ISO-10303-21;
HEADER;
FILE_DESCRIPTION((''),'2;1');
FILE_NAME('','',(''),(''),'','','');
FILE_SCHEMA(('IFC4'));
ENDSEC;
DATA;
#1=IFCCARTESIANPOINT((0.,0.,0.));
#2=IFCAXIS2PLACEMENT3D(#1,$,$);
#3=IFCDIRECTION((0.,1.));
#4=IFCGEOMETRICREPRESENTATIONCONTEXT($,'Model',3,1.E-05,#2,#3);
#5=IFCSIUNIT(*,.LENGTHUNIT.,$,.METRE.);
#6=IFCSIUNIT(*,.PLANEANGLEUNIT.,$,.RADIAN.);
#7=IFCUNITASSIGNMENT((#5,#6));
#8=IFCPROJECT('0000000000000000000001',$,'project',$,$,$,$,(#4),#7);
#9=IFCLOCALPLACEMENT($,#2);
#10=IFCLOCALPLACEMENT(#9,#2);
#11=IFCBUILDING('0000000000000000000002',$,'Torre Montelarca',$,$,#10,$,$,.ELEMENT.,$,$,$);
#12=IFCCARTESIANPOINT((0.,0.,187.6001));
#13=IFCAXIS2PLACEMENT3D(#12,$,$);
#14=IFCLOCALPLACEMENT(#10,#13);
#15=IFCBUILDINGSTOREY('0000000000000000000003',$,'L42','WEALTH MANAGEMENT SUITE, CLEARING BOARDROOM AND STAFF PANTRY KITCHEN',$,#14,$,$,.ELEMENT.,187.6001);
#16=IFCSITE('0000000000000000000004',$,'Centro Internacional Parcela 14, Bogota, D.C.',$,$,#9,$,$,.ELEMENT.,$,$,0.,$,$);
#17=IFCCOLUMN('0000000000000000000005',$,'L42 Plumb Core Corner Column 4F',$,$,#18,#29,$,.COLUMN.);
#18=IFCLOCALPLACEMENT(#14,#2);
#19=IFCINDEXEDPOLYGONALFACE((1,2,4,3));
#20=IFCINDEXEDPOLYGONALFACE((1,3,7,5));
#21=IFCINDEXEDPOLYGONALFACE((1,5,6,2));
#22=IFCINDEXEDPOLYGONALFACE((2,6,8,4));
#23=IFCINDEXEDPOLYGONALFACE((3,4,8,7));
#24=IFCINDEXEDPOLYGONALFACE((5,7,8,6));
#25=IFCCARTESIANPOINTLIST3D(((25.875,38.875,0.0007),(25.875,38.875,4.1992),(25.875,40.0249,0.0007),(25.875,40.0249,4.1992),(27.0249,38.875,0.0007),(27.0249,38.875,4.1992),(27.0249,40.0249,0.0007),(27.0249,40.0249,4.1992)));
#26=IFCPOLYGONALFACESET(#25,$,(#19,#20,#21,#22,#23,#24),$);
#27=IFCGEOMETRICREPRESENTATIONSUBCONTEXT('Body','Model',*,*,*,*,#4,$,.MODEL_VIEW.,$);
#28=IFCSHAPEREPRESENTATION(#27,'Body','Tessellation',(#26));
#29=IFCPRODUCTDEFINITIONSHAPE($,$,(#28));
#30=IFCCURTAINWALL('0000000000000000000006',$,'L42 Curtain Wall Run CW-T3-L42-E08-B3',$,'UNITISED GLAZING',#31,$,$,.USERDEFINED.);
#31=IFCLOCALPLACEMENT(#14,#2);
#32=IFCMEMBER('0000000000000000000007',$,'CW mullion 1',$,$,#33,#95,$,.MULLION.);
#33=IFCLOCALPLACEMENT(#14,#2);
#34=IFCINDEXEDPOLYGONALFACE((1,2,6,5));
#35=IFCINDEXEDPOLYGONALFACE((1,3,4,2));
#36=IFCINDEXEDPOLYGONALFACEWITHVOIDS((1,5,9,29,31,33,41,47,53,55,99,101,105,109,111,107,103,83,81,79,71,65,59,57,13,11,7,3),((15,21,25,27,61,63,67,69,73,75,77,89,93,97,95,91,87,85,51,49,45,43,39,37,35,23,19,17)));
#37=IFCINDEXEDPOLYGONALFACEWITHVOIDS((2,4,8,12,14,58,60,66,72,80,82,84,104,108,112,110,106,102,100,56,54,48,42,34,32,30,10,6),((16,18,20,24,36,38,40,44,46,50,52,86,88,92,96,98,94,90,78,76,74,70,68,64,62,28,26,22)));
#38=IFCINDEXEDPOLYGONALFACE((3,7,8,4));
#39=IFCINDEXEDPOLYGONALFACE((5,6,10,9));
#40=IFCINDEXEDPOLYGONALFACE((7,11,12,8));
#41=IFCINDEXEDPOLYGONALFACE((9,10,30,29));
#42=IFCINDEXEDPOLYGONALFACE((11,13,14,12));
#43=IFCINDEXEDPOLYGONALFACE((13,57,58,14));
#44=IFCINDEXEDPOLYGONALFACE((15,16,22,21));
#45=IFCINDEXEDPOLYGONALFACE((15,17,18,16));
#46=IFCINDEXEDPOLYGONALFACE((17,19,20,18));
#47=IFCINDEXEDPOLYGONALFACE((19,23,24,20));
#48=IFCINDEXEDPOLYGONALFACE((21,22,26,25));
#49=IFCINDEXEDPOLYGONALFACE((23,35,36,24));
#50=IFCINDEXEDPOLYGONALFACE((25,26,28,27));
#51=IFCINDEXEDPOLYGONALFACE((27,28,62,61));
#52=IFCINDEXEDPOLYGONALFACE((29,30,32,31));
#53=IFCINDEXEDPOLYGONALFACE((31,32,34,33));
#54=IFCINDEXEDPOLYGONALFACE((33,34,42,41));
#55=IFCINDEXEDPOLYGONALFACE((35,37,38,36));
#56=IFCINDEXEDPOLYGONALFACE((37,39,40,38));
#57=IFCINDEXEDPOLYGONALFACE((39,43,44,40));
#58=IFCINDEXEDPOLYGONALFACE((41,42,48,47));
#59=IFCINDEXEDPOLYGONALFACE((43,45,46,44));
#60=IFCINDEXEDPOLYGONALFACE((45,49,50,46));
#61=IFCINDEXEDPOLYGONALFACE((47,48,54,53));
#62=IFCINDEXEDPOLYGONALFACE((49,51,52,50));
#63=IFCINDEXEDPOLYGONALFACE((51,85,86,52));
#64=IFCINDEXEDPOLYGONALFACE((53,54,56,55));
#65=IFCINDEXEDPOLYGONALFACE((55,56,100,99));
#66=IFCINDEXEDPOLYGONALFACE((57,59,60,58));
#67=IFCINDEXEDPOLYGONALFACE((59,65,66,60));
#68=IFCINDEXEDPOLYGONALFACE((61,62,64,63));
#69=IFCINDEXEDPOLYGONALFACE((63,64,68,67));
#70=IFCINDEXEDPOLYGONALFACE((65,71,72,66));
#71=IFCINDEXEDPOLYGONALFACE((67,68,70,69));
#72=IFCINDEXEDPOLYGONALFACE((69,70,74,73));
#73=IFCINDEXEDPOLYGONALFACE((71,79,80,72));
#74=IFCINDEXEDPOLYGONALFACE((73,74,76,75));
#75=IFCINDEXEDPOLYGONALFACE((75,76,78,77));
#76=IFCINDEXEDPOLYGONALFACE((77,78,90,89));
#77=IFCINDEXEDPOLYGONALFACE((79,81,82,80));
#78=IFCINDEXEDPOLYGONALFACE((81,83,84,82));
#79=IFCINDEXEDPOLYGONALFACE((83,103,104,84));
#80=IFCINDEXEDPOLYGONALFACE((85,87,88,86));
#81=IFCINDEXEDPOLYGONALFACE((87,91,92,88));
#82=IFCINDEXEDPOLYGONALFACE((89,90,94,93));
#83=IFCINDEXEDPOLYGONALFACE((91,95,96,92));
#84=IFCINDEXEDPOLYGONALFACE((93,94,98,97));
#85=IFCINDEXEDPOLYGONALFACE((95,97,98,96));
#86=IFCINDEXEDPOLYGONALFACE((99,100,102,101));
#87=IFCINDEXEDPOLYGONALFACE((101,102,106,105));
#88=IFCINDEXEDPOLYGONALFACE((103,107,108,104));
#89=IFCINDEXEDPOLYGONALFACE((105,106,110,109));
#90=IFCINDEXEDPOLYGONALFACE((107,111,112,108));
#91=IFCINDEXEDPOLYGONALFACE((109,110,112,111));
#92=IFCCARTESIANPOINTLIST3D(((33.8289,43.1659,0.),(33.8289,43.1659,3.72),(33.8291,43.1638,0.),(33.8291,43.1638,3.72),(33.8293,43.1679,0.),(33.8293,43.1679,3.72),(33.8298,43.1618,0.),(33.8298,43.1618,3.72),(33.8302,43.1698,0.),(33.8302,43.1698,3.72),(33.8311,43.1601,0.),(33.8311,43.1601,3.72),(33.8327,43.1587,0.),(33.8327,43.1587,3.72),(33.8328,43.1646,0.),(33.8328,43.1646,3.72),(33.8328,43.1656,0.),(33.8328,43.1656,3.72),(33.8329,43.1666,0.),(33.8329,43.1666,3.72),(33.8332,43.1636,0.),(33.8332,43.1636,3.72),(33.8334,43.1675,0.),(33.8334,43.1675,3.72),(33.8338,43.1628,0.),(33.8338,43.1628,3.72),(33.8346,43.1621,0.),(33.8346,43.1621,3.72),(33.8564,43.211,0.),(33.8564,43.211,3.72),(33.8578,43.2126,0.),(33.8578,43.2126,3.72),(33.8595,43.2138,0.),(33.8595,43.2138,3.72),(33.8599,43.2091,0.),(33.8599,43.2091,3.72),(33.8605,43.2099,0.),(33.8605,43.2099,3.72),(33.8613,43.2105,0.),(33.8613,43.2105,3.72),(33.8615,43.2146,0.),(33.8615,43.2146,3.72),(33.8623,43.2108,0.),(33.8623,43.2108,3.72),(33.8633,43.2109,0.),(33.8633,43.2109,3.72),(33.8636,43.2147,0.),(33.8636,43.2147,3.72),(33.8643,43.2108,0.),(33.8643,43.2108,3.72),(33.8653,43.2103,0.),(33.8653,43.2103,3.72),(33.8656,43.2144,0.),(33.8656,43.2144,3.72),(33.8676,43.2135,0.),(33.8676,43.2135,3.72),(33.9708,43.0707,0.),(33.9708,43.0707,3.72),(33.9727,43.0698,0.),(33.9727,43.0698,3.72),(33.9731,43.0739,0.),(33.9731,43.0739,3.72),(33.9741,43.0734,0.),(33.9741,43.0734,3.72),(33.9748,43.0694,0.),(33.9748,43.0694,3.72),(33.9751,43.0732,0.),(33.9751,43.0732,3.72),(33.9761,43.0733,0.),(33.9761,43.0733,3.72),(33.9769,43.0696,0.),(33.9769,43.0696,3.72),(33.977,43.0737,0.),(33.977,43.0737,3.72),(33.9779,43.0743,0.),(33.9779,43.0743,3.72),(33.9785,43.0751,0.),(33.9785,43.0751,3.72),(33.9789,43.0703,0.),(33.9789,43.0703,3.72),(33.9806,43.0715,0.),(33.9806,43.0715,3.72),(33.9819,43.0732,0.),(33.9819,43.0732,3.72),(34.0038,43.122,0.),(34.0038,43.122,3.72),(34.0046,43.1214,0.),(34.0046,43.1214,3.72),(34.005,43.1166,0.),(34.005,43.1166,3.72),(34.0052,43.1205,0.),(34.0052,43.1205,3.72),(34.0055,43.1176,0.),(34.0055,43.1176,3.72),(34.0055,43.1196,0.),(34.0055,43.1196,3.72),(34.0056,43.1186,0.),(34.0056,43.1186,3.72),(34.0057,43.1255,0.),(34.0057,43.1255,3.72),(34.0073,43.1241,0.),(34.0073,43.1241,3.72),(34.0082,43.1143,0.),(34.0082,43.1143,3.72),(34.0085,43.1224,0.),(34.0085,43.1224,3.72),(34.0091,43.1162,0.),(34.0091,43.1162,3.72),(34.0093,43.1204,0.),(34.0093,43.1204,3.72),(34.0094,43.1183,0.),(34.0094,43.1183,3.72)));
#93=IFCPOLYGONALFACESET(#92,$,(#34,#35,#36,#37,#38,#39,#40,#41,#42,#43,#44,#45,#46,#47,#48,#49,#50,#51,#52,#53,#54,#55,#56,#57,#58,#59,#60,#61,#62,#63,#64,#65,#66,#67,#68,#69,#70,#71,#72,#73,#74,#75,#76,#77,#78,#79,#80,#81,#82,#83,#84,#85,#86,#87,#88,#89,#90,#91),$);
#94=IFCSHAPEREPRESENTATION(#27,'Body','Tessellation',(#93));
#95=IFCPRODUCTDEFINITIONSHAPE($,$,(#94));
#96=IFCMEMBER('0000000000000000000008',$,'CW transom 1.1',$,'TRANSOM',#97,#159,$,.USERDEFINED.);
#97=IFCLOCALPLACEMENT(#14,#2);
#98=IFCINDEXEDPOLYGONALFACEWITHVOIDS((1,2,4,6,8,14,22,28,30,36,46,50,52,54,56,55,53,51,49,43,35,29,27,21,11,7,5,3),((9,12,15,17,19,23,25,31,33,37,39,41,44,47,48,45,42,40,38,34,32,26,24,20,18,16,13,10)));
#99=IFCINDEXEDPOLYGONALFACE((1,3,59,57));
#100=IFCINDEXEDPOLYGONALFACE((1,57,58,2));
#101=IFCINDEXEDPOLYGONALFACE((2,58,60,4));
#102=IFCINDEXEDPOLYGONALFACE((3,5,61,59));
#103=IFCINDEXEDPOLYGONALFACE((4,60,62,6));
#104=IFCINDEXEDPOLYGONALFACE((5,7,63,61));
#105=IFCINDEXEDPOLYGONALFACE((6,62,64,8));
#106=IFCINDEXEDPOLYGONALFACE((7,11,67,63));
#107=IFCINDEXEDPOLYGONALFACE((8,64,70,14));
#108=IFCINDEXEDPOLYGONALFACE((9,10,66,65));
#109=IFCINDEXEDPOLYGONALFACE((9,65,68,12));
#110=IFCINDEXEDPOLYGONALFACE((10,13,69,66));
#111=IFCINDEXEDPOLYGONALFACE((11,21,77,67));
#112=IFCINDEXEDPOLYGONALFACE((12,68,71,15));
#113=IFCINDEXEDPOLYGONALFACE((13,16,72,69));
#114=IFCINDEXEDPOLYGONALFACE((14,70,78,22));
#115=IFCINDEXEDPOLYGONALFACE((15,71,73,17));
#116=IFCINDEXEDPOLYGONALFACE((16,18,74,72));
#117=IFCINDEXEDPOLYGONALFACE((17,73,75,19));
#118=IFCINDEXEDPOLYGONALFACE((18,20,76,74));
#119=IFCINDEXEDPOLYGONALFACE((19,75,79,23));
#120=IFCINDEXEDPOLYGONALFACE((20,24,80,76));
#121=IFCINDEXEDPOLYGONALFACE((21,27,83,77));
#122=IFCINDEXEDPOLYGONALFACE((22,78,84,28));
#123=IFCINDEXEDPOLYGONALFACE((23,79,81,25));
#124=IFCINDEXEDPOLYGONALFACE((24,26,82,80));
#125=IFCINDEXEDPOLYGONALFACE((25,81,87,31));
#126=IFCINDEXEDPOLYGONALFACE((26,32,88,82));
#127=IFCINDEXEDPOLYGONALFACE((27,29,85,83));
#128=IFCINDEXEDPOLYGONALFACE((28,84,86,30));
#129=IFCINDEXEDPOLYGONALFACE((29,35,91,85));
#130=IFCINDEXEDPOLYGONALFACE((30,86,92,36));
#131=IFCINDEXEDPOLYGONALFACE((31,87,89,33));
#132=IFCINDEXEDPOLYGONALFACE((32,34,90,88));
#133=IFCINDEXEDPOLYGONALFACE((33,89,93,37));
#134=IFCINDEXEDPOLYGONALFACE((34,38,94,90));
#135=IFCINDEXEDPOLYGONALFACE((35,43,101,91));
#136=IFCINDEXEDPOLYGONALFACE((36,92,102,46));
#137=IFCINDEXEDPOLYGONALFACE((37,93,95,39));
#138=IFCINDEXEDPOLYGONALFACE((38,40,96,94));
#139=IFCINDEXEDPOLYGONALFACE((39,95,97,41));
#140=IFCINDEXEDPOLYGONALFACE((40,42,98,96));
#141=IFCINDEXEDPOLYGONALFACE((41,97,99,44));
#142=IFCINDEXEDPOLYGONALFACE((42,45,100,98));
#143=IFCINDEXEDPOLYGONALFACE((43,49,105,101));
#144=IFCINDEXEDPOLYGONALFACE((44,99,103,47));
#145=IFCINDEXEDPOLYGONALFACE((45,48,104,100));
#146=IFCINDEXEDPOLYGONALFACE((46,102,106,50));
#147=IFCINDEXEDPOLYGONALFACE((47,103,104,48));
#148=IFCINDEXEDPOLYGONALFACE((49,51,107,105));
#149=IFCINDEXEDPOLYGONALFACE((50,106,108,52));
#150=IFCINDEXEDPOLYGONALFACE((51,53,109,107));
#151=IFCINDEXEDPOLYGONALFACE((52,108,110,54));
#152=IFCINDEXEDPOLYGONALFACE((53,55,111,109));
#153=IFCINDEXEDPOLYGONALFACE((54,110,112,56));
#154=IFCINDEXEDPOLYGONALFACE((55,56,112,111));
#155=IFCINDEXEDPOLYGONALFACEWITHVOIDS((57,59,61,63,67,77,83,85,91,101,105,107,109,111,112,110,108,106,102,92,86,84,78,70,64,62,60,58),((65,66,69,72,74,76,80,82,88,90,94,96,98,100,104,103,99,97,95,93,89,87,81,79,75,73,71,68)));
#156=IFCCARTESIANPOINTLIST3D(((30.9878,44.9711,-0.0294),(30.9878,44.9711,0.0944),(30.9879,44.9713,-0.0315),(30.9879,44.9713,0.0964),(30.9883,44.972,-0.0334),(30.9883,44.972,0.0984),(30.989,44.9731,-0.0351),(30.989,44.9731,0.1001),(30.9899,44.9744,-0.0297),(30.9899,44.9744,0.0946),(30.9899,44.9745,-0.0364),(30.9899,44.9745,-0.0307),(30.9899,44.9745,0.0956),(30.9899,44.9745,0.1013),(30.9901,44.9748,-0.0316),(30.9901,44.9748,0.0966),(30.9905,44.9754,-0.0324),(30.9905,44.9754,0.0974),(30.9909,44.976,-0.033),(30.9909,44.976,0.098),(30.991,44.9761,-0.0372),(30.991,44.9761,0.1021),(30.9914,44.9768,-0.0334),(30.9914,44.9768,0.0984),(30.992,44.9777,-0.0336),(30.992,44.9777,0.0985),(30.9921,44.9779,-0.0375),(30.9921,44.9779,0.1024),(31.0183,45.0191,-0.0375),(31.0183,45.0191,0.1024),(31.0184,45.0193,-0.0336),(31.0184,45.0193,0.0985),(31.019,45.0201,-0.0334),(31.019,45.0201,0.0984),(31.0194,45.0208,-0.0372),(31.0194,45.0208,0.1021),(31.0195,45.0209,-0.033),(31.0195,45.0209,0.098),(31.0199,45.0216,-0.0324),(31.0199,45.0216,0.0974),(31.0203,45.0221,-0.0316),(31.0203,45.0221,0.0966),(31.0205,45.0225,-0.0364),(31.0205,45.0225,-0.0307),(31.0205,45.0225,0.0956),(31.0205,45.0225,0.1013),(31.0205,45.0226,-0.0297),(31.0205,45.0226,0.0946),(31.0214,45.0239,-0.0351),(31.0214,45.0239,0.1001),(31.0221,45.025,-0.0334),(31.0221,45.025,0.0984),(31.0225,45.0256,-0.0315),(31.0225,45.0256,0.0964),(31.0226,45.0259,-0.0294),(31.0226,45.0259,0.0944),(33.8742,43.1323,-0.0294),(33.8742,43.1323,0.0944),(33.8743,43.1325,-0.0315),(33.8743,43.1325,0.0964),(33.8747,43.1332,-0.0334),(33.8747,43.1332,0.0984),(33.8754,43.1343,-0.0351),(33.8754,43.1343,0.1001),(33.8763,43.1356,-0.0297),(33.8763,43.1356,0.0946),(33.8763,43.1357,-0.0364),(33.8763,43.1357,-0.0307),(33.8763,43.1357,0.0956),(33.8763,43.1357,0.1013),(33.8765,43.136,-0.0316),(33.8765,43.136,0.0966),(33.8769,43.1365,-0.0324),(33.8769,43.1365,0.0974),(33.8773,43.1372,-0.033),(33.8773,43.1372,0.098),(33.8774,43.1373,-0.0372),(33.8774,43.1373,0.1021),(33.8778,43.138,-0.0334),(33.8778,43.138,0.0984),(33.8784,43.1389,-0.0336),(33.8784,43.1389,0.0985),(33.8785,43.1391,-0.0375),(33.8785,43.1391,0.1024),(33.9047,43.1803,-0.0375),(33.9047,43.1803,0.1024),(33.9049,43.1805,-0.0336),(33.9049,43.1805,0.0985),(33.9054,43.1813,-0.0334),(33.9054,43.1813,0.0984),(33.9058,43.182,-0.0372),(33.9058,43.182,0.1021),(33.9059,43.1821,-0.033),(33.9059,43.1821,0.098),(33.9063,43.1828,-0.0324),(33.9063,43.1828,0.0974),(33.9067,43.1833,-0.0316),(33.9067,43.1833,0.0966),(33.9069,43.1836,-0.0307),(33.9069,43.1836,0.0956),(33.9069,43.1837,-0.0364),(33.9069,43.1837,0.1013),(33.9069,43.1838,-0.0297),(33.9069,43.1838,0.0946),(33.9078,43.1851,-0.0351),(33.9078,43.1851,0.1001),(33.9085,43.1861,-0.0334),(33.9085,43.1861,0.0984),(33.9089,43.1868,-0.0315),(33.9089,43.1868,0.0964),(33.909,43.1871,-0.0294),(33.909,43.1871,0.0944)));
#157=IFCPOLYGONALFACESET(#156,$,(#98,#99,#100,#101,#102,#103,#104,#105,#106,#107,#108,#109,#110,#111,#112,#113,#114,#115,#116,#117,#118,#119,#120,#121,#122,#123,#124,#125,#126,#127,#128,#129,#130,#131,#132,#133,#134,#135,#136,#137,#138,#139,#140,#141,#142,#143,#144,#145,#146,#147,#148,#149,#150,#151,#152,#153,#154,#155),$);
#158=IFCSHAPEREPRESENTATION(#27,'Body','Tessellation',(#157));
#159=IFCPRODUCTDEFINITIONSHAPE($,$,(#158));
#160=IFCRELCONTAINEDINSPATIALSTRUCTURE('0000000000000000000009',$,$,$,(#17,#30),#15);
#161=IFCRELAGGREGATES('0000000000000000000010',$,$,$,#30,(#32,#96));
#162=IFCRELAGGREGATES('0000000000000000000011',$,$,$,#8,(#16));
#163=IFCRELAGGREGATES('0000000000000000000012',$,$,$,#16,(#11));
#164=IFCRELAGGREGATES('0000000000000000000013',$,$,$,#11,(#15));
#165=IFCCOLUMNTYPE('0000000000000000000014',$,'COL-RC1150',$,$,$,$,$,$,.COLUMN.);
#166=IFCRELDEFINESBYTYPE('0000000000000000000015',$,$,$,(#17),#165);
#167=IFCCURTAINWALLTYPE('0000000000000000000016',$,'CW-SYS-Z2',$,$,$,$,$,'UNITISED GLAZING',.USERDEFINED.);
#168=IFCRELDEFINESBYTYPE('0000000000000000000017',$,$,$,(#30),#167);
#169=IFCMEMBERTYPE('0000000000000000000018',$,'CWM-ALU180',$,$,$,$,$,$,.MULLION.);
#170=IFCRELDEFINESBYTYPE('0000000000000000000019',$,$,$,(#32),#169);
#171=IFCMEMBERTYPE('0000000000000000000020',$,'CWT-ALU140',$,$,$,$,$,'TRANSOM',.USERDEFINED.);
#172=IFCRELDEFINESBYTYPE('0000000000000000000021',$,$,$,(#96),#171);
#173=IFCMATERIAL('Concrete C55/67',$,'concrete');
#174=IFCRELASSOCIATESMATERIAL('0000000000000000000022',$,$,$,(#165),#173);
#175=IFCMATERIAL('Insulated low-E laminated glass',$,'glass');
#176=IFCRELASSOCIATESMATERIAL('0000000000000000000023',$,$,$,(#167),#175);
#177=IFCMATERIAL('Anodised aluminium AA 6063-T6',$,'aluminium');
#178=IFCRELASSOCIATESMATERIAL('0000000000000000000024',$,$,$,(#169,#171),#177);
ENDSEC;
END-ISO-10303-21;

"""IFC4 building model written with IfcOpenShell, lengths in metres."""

from ifc_helpers import new_model, si_unit, direction, frame, origin, origin_2d, place, context, subcontext, project, spatial, rectangle, hollow_rectangle, extrude, source, transform, mapped, material, material_profile, profile_set, type_object, element, aggregate, save


model = new_model("IFC4")

# Units and contexts
model_context = context("Model", 3, precision=1e-05, world=origin(), true_north=direction((0.0, 1.0)))
body_context = subcontext(model_context, "Body", "Model", "MODEL_VIEW")
ifc_project = project(units=[si_unit("LENGTHUNIT", "METRE"), si_unit("PLANEANGLEUNIT", "RADIAN")], contexts=[model_context])

# Site, building, storey
site_placement = place(None, origin())
site = spatial("IfcSite", under=ifc_project, at=site_placement, Name="Centro Internacional Parcela 14, Bogota, D.C.", CompositionType="ELEMENT", RefElevation=0.0)
building_placement = place(site_placement, origin())
building = spatial("IfcBuilding", under=site, at=building_placement, Name="Torre Montelarca", CompositionType="ELEMENT")
storey_placement = place(building_placement, frame((0.0, 0.0, 187.6001)))
storey = spatial("IfcBuildingStorey", under=building, at=storey_placement, Name="L42", Description="WEALTH MANAGEMENT SUITE, CLEARING BOARDROOM AND STAFF PANTRY KITCHEN", CompositionType="ELEMENT", Elevation=187.6001)

# Column
ifc_material_1 = material(Name="Concrete C55/67", Category="concrete")
ifc_material_profile_1 = material_profile(ifc_material_1, rectangle(XDim=1.1499, YDim=1.1499, at=origin_2d()), Name="RC1150X1150", Category="concrete")
ifc_profile_set_1 = profile_set([ifc_material_profile_1], Name="Concrete C55/67")
column_type = type_object("IfcColumnType", Name="COL-RC1150", PredefinedType="COLUMN", material=ifc_profile_set_1)
shared_shape_1 = source(origin(), body_context, "Body", "SweptSolid", [
    extrude(rectangle(XDim=1.1499, YDim=1.1499, at=origin_2d()), origin(), (0.0, 0.0, 1.0), 4.1985),
])
column_placement = place(storey_placement, frame((26.45, 39.45, 0.0007), z_axis=(0.0, 0.0, 1.0), x_axis=(1.0, 0.0, 0.0)))
element("IfcColumn", 1, at=column_placement, inside=storey, type_object=column_type, Name="L42 Plumb Core Corner Column 4F", PredefinedType="COLUMN", context=body_context, shape_type="MappedRepresentation", body=[
    mapped(shared_shape_1, transform((0.0, 0.0, 0.0), scale=1.0)),
])

# Curtain wall, members
ifc_material_2 = material(Name="Insulated low-E laminated glass", Category="glass")
curtain_wall_type = type_object("IfcCurtainWallType", Name="CW-SYS-Z2", ElementType="UNITISED GLAZING", PredefinedType="USERDEFINED", material=ifc_material_2)
curtain_wall_placement = place(storey_placement, origin())
curtain_wall = element("IfcCurtainWall", 2, at=curtain_wall_placement, inside=storey, type_object=curtain_wall_type, Name="L42 Curtain Wall Run CW-T3-L42-E08-B3", ObjectType="UNITISED GLAZING", PredefinedType="USERDEFINED")
ifc_material_3 = material(Name="Anodised aluminium AA 6063-T6", Category="aluminium")
ifc_material_profile_2 = material_profile(ifc_material_3, hollow_rectangle(XDim=0.0649, YDim=0.1799, WallThickness=0.0039, InnerFilletRadius=0.0039, OuterFilletRadius=0.0081, at=origin_2d()), Name="ALU65X180X4", Category="aluminium")
ifc_profile_set_2 = profile_set([ifc_material_profile_2], Name="Anodised aluminium AA 6063-T6")
member_type_1 = type_object("IfcMemberType", Name="CWM-ALU180", PredefinedType="MULLION", material=ifc_profile_set_2)
shared_shape_2 = source(origin(), body_context, "Body", "SweptSolid", [
    extrude(hollow_rectangle(XDim=0.0649, YDim=0.1799, WallThickness=0.0039, InnerFilletRadius=0.0039, OuterFilletRadius=0.0081, at=origin_2d()), origin(), (0.0, 0.0, 1.0), 3.72),
])
member_1_placement = place(storey_placement, frame((33.9192, 43.1421, 0.0), z_axis=(0.0, 0.0, 1.0), x_axis=(-0.537306, -0.843388, 0.0)))
member_1 = element("IfcMember", 3, at=member_1_placement, type_object=member_type_1, Name="CW mullion 1", PredefinedType="MULLION", context=body_context, shape_type="MappedRepresentation", body=[
    mapped(shared_shape_2, transform((0.0, 0.0, 0.0), scale=1.0)),
])
ifc_material_profile_3 = material_profile(ifc_material_3, hollow_rectangle(XDim=0.0649, YDim=0.1399, WallThickness=0.0039, InnerFilletRadius=0.0039, OuterFilletRadius=0.0081, at=origin_2d()), Name="ALU65X140X4", Category="aluminium")
ifc_profile_set_3 = profile_set([ifc_material_profile_3], Name="Anodised aluminium AA 6063-T6")
member_type_2 = type_object("IfcMemberType", Name="CWT-ALU140", ElementType="TRANSOM", PredefinedType="USERDEFINED", material=ifc_profile_set_3)
shared_shape_3 = source(origin(), body_context, "Body", "SweptSolid", [
    extrude(hollow_rectangle(XDim=0.0649, YDim=0.1399, WallThickness=0.0039, InnerFilletRadius=0.0039, OuterFilletRadius=0.0081, at=origin_2d()), origin(), (0.0, 0.0, 1.0), 3.4224),
])
member_2_placement = place(storey_placement, frame((33.8916, 43.1597, 0.0325), z_axis=(-0.843394, 0.537295, 0.0), x_axis=(-0.537295, -0.843394, 0.0)))
member_2 = element("IfcMember", 4, at=member_2_placement, type_object=member_type_2, Name="CW transom 1.1", ObjectType="TRANSOM", PredefinedType="USERDEFINED", context=body_context, shape_type="MappedRepresentation", body=[
    mapped(shared_shape_3, transform((0.0, 0.0, 0.0), scale=1.0)),
])
aggregate(curtain_wall, [member_1, member_2])

save(model, "model.ifc")
